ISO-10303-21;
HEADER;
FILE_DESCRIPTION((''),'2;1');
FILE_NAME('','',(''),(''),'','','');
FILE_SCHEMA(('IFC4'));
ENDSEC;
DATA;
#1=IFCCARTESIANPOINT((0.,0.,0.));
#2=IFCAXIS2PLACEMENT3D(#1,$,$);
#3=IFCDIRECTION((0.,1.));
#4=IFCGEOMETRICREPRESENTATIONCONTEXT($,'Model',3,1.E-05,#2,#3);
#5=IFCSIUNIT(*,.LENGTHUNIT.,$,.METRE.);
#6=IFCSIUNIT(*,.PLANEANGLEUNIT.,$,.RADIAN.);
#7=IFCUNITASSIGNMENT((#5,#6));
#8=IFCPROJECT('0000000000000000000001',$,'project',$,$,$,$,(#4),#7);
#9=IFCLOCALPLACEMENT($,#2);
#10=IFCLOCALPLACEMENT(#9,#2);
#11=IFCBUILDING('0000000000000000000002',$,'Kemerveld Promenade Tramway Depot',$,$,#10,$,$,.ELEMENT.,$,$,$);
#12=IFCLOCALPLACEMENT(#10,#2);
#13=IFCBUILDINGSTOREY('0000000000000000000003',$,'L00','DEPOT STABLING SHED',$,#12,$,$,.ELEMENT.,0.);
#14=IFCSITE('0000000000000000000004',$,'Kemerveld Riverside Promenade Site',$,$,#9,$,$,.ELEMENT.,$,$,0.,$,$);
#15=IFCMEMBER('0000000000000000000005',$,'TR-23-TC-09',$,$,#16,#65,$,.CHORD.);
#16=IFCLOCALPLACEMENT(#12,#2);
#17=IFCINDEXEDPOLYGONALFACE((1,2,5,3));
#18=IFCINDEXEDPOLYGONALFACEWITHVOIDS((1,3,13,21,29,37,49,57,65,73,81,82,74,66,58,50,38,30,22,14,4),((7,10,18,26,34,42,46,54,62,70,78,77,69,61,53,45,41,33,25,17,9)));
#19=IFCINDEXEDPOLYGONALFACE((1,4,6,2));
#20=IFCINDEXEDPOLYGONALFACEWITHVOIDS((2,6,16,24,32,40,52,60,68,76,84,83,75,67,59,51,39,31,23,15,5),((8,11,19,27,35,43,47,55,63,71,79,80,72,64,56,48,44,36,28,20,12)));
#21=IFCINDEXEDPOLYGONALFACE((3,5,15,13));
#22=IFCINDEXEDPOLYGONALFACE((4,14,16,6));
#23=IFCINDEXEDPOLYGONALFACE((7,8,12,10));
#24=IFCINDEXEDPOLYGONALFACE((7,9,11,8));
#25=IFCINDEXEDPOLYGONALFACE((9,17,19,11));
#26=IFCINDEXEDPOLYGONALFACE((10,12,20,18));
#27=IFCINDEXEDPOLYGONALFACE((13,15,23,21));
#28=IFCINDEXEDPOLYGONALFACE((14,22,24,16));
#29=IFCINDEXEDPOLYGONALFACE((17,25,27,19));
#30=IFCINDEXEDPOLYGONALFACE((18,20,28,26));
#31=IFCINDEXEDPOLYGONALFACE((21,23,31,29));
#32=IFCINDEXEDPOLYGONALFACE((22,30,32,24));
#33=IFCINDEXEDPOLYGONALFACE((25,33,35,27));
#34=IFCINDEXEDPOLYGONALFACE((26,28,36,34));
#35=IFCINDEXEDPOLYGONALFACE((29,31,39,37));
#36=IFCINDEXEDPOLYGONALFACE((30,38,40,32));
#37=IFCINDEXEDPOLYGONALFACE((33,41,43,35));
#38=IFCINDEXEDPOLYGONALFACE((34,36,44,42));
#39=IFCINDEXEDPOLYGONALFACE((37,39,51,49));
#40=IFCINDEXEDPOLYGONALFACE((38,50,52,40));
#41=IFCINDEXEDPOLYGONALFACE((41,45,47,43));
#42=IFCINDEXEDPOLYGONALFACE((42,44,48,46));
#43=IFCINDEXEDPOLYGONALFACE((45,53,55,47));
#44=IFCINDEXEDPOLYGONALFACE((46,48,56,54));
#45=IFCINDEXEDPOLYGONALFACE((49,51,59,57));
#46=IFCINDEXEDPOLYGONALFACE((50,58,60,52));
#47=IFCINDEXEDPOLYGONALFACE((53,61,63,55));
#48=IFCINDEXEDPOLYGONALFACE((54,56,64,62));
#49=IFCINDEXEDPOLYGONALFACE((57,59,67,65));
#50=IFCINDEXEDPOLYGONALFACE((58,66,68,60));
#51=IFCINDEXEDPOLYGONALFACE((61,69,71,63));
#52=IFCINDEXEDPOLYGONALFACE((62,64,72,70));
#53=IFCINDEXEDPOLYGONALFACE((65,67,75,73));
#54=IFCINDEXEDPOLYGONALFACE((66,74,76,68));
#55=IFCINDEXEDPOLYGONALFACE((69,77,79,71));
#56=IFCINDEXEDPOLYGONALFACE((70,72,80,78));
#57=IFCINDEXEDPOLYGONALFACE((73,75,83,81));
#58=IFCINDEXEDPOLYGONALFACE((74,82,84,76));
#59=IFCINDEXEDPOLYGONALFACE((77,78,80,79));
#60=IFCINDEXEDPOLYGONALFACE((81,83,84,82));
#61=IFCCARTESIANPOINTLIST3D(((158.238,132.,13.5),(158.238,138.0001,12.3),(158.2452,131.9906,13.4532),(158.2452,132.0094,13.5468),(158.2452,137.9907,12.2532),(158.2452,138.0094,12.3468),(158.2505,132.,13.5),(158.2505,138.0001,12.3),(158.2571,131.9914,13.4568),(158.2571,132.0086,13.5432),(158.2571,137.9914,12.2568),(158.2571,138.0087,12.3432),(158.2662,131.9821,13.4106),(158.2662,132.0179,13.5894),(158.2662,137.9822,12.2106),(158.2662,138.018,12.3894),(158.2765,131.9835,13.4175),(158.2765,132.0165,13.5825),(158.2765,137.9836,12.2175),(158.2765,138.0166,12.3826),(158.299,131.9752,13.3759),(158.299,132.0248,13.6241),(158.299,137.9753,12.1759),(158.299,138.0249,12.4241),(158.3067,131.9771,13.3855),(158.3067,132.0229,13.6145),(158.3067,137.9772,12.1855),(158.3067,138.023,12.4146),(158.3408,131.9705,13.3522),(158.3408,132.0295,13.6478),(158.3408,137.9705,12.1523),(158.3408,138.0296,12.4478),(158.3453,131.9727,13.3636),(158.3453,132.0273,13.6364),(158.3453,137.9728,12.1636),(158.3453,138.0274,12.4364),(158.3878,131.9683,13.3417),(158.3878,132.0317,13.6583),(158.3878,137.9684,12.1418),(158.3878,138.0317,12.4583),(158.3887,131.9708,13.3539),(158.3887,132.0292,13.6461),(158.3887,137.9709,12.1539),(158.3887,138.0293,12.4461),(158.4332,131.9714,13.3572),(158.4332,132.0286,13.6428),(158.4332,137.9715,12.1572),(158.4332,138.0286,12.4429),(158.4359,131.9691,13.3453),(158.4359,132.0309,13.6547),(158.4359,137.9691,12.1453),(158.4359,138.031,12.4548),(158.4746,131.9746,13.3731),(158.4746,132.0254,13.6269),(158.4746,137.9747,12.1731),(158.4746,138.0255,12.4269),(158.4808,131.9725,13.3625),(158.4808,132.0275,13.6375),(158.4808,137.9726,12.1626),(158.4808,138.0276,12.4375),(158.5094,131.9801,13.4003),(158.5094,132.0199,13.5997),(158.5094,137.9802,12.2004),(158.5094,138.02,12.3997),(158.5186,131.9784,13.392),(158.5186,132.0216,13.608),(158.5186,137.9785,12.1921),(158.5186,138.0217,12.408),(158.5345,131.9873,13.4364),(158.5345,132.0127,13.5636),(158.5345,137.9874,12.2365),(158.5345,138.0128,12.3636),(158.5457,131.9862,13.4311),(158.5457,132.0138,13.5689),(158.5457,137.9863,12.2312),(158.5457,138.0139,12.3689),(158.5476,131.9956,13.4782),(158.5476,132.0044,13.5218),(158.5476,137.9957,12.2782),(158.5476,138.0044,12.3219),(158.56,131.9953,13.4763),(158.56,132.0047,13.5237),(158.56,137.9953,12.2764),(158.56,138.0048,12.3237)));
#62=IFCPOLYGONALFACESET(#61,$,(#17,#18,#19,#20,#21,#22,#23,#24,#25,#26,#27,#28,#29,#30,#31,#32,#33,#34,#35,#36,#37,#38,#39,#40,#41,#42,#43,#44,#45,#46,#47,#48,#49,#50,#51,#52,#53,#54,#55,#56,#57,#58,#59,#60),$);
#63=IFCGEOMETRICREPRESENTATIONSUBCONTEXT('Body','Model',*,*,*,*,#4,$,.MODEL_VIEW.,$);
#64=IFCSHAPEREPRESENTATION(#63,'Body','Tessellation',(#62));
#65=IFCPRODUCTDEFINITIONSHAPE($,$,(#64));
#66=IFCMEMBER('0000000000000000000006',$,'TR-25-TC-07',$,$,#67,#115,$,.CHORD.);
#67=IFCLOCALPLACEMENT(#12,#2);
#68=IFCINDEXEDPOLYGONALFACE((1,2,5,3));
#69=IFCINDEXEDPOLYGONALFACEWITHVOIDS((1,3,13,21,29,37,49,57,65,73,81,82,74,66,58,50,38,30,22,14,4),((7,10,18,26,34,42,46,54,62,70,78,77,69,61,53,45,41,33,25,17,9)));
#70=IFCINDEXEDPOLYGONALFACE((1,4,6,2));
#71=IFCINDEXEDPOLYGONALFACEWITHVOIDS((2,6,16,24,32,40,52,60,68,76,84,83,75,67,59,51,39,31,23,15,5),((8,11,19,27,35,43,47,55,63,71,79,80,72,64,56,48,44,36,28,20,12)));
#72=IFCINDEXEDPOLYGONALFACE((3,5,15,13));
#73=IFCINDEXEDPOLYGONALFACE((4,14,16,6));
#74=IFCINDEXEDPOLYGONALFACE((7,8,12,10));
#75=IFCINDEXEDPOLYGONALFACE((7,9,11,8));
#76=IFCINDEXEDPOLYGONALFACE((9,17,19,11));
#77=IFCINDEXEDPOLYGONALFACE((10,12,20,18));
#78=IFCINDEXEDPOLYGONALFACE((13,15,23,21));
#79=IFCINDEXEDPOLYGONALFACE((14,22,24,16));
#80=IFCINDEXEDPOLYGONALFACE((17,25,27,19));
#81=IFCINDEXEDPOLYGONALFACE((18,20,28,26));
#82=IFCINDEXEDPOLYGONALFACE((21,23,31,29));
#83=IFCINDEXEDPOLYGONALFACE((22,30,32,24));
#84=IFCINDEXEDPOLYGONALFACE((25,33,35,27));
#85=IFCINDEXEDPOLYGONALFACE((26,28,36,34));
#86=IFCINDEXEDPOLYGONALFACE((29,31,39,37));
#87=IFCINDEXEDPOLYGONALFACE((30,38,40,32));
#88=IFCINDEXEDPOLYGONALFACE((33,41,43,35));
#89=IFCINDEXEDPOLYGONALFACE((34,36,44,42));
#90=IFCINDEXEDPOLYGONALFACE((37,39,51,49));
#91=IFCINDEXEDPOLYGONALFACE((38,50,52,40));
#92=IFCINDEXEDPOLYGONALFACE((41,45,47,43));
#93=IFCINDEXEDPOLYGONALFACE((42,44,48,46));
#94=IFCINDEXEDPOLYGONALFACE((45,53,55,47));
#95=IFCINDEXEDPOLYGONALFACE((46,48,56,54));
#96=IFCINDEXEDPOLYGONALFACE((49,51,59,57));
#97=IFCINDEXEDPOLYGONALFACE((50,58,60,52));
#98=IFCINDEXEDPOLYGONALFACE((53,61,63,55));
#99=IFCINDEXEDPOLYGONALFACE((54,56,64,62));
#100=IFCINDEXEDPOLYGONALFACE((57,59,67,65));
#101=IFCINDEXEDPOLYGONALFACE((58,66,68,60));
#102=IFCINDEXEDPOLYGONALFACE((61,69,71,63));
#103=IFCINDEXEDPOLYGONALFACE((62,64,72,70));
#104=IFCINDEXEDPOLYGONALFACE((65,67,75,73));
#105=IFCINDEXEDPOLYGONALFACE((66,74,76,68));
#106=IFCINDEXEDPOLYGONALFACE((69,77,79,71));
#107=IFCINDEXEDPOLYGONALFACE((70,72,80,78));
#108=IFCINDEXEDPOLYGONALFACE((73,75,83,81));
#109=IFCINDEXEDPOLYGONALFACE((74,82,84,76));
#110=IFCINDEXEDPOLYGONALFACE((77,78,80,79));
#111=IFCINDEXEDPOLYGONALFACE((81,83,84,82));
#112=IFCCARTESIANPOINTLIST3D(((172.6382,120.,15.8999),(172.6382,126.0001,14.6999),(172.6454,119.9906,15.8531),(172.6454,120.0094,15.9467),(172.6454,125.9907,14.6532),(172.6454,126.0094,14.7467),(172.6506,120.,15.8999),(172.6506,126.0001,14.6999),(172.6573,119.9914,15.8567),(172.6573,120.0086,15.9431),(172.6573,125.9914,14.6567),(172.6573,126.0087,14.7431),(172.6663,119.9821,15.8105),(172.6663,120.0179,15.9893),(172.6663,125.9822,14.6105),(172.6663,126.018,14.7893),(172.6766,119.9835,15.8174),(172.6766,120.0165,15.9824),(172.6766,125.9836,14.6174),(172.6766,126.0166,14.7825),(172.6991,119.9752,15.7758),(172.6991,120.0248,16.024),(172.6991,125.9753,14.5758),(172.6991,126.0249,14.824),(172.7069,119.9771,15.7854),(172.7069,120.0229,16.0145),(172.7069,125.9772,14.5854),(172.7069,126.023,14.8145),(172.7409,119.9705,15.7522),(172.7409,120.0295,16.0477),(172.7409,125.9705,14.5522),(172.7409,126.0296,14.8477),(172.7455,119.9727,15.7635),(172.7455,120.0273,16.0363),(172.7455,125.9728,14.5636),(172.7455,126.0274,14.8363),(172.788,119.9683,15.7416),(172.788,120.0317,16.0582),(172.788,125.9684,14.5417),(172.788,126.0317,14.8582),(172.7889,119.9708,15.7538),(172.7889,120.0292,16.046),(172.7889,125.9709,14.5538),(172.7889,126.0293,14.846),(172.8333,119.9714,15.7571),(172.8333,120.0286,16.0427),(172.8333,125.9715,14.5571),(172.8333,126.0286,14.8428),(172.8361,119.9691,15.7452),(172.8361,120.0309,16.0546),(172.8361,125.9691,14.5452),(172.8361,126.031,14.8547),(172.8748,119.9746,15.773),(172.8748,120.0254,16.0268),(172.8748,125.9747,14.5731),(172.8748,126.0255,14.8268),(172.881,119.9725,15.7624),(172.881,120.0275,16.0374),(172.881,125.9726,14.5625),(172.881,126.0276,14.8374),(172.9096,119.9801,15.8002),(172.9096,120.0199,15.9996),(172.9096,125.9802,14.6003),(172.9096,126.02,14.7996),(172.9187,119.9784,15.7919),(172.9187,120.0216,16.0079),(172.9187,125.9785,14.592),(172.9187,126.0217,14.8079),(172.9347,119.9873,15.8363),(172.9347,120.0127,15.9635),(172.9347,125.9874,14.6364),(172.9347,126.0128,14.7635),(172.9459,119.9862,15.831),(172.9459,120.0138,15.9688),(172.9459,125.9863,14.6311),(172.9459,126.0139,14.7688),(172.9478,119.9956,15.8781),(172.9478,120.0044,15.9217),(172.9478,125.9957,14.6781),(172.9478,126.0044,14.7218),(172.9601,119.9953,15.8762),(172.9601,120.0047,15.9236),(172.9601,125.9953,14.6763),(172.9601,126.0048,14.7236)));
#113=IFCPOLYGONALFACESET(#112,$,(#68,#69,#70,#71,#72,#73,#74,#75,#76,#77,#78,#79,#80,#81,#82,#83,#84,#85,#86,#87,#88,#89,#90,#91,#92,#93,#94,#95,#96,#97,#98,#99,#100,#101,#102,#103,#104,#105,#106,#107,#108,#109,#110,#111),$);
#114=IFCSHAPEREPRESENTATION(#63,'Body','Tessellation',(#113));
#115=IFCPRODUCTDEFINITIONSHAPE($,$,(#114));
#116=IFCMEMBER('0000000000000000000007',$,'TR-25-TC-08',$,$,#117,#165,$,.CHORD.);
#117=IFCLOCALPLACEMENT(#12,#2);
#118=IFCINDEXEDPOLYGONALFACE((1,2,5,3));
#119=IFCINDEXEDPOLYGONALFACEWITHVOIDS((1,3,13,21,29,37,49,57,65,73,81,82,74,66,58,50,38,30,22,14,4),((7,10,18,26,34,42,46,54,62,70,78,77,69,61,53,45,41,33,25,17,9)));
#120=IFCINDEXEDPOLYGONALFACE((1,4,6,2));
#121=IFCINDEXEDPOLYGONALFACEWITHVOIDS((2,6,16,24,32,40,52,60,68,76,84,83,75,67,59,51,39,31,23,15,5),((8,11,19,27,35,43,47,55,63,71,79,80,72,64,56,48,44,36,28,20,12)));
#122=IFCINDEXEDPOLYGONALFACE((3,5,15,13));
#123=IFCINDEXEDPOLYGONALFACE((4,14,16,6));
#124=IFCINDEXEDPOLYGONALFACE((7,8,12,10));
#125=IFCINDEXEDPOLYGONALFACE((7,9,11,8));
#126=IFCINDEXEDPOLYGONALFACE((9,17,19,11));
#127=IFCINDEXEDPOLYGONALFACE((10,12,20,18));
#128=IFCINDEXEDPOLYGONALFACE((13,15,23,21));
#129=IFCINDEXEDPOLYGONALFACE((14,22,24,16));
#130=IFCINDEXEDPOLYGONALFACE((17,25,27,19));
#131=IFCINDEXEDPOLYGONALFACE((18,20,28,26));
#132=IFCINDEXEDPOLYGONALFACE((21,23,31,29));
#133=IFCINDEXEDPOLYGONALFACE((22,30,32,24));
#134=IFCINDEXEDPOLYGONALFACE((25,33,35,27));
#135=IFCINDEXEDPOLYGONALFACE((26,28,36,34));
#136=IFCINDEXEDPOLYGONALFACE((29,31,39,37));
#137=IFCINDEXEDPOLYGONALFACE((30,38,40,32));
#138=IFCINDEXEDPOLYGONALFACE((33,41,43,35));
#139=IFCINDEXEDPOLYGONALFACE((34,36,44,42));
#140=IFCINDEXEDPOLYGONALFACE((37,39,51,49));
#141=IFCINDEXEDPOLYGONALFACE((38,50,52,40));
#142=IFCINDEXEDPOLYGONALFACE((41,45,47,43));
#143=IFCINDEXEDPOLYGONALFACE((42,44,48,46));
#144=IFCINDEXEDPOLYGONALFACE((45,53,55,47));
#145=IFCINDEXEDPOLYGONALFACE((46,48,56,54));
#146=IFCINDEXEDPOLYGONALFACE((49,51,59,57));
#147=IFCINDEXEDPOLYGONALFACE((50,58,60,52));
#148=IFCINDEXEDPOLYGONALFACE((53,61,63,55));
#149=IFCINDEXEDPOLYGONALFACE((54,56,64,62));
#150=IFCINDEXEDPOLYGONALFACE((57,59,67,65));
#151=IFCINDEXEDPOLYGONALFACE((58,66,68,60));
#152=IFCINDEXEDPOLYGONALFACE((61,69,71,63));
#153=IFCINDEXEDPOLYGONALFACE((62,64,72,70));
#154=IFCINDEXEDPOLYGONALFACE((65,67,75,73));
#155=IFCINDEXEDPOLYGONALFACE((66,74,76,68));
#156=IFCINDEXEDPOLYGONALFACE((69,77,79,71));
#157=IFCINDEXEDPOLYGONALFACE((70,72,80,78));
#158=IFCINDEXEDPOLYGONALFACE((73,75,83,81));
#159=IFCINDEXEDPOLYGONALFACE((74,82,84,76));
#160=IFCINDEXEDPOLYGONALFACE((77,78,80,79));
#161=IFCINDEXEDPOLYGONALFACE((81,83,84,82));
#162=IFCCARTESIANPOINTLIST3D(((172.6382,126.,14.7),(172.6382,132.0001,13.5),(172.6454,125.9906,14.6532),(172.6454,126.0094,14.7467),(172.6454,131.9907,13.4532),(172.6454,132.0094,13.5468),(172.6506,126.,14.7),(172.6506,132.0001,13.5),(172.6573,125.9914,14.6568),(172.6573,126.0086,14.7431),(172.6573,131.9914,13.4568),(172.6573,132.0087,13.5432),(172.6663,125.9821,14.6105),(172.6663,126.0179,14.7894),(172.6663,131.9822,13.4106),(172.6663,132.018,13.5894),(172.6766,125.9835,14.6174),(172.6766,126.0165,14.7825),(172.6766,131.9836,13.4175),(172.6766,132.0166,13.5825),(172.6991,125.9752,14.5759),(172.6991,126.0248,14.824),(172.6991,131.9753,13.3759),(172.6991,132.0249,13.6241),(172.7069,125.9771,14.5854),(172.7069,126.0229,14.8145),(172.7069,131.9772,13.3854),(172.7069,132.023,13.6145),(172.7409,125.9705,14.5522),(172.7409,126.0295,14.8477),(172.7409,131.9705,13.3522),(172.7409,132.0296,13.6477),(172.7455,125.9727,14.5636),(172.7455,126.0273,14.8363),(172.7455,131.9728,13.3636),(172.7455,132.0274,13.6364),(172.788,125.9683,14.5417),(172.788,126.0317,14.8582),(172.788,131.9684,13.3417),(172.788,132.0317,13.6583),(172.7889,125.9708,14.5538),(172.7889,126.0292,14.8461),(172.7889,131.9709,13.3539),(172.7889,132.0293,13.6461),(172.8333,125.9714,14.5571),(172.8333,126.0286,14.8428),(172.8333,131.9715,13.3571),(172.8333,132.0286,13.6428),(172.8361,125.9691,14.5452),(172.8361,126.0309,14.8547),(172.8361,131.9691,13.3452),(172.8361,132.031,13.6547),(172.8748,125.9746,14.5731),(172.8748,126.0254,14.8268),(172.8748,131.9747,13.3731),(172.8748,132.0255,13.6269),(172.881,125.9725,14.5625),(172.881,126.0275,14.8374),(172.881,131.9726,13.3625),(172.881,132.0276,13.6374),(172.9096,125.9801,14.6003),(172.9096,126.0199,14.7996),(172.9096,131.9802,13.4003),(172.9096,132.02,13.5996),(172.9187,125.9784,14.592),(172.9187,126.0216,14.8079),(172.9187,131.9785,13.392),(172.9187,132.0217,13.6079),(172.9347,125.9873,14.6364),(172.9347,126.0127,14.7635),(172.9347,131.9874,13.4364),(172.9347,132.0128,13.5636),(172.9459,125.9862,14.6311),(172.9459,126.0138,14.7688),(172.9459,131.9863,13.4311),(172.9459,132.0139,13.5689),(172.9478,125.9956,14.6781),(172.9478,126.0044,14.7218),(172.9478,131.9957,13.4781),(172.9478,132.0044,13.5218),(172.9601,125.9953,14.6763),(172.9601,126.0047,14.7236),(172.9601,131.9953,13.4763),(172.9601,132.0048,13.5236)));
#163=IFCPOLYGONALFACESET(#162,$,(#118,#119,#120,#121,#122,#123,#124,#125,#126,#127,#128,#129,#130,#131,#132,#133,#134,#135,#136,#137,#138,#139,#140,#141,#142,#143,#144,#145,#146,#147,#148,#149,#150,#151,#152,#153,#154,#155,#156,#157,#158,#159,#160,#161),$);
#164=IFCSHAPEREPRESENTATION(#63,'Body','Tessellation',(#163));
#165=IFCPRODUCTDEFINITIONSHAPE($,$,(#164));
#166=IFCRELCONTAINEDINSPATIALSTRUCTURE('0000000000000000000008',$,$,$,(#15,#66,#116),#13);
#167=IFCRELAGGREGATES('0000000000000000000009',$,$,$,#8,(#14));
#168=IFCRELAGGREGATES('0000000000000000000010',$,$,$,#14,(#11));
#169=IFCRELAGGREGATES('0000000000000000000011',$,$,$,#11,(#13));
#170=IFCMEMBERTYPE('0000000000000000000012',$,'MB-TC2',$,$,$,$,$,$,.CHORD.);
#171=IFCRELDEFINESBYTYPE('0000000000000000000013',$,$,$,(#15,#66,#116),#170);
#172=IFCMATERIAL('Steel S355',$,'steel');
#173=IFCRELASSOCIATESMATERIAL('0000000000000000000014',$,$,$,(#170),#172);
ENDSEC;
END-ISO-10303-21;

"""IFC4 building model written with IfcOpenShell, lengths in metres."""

from ifc_helpers import new_model, si_unit, direction, frame, origin, origin_2d, place, context, subcontext, project, spatial, hollow_circle, extrude, material, material_profile, profile_set, type_object, element, save


model = new_model("IFC4")

# Units and contexts
model_context = context("Model", 3, precision=1e-05, world=origin(), true_north=direction((0.0, 1.0)))
body_context = subcontext(model_context, "Body", "Model", "MODEL_VIEW")
ifc_project = project(units=[si_unit("LENGTHUNIT", "METRE"), si_unit("PLANEANGLEUNIT", "RADIAN")], contexts=[model_context])

# Site, building, storey
site_placement = place(None, origin())
site = spatial("IfcSite", under=ifc_project, at=site_placement, Name="Kemerveld Riverside Promenade Site", CompositionType="ELEMENT", RefElevation=0.0)
building_placement = place(site_placement, origin())
building = spatial("IfcBuilding", under=site, at=building_placement, Name="Kemerveld Promenade Tramway Depot", CompositionType="ELEMENT")
storey_placement = place(building_placement, origin())
storey = spatial("IfcBuildingStorey", under=building, at=storey_placement, Name="L00", Description="DEPOT STABLING SHED", CompositionType="ELEMENT", Elevation=0.0)

# Members
ifc_material = material(Name="Steel S355", Category="steel")
ifc_material_profile_1 = material_profile(ifc_material, hollow_circle(Radius=0.1619, WallThickness=0.0125, at=origin_2d()), Name="323.9x12.5 CHS")
ifc_profile_set_1 = profile_set([ifc_material_profile_1], Name="Steel S355")
member_type_1 = type_object("IfcMemberType", Name="MB-TC2", PredefinedType="CHORD", material=ifc_profile_set_1)
for number, where, z_axis, x_axis, name in (
    (1, (158.3999, 132.0, 13.5), (0.0, 0.980582, -0.196108), (-1.0, 0.0, 0.0), "TR-23-TC-09"),
    (2, (172.8, 120.0, 15.8999), (0.0, 0.980582, -0.196108), (-1.0, 0.0, 0.0), "TR-25-TC-07"),
    (3, (172.8, 126.0, 14.7), (0.0, 0.980582, -0.196108), (-1.0, 0.0, 0.0), "TR-25-TC-08"),
):
    element("IfcMember", number, at=place(storey_placement, frame(where, z_axis=z_axis, x_axis=x_axis)), inside=storey, type_object=member_type_1, Name=name, PredefinedType="CHORD", context=body_context, shape_type="SweptSolid", body=[
        extrude(hollow_circle(Radius=0.1619, WallThickness=0.0125, at=origin_2d()), origin(), (0.0, 0.0, 1.0), 6.1189),
    ])

save(model, "model.ifc")
